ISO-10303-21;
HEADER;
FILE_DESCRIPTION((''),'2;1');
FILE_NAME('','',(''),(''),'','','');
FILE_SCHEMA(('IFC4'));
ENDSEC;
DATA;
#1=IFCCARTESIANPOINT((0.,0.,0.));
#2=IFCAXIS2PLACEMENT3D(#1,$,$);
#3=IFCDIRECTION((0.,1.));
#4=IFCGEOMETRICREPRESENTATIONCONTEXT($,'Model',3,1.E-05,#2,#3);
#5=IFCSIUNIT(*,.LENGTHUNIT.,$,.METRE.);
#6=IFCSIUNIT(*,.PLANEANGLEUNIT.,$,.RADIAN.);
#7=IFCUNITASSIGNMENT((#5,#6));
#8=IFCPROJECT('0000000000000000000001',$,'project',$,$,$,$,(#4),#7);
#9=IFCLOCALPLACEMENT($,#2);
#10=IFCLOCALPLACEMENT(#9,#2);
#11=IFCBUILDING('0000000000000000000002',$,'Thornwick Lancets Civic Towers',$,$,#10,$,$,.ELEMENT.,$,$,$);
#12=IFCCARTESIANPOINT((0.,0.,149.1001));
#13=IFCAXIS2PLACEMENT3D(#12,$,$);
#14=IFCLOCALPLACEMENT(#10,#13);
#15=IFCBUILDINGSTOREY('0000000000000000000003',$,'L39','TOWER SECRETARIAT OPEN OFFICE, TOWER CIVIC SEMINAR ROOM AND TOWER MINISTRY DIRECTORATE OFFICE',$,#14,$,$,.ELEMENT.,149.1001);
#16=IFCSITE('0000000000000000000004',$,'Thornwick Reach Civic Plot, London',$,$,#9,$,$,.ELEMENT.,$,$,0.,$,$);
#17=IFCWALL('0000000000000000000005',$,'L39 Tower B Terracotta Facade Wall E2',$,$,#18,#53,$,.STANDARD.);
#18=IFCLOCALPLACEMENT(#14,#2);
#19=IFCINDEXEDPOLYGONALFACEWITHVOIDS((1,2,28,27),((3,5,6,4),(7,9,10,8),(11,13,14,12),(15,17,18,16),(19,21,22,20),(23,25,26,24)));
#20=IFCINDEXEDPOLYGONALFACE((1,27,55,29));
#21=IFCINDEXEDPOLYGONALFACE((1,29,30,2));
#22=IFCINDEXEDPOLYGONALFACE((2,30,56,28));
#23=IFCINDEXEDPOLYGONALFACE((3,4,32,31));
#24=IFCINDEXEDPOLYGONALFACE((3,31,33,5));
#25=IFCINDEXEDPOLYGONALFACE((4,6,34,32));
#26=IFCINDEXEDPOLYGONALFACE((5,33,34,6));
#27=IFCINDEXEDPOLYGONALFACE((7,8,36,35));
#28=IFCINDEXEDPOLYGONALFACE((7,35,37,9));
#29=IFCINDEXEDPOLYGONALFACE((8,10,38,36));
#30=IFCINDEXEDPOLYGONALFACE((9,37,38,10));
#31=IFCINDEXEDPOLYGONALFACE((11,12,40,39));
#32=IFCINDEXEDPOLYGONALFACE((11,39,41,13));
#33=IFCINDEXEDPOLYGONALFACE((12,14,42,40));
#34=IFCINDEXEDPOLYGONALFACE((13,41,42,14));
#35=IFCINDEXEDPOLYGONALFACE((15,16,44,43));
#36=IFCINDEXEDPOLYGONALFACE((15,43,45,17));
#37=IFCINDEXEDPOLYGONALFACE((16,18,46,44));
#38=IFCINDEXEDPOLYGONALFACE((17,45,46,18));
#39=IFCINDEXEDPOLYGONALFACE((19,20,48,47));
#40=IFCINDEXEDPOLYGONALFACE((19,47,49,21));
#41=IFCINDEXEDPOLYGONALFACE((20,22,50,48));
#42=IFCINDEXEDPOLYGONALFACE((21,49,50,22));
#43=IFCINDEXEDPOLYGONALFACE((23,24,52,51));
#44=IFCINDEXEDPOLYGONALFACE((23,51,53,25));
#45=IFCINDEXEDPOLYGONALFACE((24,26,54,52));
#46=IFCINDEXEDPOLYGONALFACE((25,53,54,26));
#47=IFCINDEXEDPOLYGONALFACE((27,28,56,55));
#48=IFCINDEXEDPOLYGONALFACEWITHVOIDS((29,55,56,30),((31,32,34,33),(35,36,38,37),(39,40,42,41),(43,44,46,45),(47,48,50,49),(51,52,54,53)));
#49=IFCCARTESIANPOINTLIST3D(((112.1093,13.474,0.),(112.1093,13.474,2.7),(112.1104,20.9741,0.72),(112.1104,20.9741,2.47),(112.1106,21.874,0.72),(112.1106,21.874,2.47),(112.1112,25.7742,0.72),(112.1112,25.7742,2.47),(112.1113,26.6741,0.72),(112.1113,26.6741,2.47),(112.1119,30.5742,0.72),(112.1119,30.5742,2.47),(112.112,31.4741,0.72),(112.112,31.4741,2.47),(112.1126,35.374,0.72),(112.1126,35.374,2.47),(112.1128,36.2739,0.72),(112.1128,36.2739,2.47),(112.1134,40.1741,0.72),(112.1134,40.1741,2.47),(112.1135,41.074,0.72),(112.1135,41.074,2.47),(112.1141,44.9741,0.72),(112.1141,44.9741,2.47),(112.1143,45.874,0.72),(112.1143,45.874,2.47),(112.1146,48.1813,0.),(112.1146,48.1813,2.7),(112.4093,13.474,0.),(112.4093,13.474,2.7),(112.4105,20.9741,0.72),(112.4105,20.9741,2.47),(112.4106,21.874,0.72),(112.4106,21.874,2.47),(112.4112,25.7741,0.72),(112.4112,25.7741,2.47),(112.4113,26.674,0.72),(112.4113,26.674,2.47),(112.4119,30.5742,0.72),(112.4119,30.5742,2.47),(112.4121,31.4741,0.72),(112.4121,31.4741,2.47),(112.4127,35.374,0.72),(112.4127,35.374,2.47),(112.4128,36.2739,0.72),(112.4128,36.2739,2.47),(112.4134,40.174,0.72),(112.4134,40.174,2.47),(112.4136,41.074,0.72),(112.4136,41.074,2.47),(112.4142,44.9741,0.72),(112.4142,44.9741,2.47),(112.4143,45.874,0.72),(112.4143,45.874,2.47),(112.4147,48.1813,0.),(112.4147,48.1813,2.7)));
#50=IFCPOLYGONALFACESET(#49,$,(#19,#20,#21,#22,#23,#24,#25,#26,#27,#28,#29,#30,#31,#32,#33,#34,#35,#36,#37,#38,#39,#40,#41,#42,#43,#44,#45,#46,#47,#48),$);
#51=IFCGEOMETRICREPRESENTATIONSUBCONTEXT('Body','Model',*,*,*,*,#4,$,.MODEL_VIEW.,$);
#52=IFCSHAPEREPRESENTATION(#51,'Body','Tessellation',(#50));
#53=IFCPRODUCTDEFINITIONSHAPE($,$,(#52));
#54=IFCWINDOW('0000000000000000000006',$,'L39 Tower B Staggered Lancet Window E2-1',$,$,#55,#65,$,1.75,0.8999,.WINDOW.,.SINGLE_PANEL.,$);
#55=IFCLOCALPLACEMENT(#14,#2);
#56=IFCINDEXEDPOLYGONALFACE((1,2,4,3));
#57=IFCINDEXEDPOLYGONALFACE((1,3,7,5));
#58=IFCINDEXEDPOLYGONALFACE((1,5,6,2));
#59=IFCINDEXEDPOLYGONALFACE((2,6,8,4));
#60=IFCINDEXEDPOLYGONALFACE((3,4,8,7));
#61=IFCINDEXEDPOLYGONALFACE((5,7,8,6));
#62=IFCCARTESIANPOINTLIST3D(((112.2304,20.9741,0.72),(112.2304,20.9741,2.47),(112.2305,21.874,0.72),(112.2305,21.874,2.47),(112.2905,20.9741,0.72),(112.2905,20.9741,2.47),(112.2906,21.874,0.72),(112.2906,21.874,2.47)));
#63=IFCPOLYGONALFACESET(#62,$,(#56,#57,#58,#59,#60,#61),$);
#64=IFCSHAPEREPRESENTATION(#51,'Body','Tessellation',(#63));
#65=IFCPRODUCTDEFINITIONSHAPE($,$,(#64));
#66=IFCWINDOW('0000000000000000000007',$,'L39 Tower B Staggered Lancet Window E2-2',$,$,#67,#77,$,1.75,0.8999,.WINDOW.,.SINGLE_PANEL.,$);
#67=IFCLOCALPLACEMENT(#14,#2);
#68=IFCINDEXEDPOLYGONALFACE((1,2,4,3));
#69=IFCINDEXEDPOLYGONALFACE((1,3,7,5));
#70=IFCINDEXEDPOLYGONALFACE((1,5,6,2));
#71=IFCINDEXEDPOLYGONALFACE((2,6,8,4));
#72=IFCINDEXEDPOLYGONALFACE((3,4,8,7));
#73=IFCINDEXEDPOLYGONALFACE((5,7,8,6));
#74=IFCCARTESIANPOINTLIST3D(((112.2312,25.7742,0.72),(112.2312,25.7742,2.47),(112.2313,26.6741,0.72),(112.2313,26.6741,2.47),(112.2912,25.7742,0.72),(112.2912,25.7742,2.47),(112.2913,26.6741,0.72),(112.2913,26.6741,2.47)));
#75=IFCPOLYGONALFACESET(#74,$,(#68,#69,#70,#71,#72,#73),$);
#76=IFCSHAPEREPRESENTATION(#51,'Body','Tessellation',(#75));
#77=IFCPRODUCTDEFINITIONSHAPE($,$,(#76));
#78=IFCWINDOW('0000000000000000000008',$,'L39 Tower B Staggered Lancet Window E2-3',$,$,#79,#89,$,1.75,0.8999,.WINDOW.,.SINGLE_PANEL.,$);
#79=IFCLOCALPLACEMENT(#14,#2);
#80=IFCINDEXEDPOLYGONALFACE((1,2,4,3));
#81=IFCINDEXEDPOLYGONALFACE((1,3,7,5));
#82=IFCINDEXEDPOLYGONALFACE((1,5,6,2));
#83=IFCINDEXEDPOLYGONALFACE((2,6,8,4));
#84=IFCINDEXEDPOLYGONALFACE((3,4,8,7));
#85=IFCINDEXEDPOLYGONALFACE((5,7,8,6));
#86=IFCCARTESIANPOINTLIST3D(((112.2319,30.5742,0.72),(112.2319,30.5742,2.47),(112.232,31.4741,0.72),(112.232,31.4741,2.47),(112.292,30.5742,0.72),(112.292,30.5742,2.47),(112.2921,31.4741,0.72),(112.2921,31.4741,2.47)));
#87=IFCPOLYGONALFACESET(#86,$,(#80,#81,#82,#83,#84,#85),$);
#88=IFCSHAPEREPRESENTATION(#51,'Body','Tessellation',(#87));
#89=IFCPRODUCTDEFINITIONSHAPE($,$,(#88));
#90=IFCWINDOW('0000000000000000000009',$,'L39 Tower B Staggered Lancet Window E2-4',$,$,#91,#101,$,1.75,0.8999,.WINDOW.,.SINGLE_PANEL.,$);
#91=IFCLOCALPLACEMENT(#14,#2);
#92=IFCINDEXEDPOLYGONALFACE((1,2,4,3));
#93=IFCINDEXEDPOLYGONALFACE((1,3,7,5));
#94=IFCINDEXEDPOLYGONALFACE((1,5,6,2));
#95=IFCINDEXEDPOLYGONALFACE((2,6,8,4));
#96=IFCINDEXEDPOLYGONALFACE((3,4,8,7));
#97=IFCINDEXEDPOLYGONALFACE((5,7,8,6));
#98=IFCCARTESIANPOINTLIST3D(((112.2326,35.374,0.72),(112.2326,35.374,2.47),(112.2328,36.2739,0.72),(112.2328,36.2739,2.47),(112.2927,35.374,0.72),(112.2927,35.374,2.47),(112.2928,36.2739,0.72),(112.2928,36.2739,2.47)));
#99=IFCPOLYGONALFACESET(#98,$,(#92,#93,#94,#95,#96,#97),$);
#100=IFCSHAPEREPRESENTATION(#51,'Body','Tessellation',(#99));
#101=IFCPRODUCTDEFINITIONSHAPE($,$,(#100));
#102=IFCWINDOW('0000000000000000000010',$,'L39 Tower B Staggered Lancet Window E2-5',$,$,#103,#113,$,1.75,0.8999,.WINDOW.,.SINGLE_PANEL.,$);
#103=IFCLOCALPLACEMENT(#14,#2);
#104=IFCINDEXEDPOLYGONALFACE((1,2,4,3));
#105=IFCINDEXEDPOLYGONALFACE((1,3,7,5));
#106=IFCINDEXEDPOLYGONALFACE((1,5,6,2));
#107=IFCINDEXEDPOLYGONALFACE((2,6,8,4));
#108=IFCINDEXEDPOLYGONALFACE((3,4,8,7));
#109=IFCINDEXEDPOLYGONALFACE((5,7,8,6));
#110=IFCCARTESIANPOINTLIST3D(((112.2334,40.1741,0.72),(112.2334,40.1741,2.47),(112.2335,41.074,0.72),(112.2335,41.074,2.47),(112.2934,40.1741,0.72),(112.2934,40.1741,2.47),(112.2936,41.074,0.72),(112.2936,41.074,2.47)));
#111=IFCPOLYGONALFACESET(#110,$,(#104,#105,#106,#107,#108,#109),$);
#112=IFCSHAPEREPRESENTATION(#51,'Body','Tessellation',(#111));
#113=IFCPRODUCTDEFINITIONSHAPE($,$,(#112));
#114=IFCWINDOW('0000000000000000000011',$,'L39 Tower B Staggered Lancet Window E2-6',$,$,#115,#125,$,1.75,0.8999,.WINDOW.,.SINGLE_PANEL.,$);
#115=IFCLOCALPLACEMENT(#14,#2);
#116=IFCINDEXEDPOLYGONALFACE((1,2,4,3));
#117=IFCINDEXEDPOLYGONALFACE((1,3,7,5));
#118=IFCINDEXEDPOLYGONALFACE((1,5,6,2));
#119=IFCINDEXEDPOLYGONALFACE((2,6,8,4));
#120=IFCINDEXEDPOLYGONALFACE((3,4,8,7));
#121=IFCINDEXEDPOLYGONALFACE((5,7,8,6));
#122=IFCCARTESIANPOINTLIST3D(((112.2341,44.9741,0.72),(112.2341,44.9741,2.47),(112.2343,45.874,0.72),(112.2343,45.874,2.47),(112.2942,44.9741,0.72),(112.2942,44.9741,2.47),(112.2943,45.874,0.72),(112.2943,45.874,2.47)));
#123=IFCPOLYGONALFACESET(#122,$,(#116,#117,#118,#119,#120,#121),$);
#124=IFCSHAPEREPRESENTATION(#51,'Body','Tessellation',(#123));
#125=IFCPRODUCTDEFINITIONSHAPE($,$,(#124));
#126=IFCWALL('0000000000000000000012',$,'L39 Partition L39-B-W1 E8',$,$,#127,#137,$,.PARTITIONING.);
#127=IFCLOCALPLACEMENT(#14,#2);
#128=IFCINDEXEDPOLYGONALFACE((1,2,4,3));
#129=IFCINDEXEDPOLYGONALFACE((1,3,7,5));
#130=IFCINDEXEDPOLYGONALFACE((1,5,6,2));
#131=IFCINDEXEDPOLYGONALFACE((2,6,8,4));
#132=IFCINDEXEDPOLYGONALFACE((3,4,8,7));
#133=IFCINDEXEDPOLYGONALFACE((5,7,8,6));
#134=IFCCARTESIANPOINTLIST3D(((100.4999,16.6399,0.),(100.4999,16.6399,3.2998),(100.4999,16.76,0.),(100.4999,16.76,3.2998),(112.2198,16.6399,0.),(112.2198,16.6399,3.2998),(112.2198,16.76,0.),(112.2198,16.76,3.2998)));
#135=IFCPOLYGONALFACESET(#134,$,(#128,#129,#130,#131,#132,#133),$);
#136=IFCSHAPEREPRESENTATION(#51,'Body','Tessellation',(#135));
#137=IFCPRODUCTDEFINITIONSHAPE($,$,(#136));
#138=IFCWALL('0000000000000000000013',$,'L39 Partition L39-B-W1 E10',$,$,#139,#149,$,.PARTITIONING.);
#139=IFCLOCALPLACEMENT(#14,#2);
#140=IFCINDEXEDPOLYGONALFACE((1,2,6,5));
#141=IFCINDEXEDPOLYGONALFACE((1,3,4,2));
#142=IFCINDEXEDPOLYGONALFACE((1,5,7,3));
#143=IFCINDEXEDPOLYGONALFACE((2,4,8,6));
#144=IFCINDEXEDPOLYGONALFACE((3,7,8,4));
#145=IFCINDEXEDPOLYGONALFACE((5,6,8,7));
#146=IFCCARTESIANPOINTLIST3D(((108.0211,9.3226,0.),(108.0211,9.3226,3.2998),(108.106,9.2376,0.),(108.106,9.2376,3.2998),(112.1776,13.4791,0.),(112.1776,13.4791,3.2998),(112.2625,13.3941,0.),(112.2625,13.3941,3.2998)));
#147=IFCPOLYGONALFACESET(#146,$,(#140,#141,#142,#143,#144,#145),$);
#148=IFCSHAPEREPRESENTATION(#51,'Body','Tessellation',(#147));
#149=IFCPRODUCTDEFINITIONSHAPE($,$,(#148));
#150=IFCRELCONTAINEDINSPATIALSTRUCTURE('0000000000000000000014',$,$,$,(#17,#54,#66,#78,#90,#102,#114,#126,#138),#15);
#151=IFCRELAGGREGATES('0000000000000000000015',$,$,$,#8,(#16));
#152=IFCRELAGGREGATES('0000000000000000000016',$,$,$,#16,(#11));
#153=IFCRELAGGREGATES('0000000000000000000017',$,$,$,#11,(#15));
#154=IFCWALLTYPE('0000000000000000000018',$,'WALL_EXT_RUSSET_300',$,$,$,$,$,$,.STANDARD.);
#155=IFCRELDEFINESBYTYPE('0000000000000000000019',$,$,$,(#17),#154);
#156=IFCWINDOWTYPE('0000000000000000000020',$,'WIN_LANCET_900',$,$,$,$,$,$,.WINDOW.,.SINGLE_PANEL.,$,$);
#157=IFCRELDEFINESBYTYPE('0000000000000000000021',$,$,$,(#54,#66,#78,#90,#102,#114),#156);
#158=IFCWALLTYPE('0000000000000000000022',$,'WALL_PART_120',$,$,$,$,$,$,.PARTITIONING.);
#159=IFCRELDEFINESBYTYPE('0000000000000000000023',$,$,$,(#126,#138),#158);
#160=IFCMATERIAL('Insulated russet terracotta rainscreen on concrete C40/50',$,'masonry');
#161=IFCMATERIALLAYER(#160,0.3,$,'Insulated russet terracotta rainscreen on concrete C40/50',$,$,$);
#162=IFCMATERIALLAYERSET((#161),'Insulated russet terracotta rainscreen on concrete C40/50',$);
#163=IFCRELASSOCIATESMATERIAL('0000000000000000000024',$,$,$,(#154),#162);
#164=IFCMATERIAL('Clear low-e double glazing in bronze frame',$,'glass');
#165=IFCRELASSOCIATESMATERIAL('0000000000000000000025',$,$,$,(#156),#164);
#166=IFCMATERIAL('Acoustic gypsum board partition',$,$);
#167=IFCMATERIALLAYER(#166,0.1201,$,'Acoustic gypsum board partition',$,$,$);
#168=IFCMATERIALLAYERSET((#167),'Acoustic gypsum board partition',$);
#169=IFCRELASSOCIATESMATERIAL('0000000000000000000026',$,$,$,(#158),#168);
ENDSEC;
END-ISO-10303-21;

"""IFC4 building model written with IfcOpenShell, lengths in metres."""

from ifc_helpers import new_model, si_unit, direction, frame, frame_2d, origin, place, context, subcontext, project, spatial, rectangle, extrude, material, layer, layer_set, type_object, element, fill, save


model = new_model("IFC4")

# Units and contexts
model_context = context("Model", 3, precision=1e-05, world=origin(), true_north=direction((0.0, 1.0)))
body_context = subcontext(model_context, "Body", "Model", "MODEL_VIEW")
ifc_project = project(units=[si_unit("LENGTHUNIT", "METRE"), si_unit("PLANEANGLEUNIT", "RADIAN")], contexts=[model_context])

# Site, building, storey
site_placement = place(None, origin())
site = spatial("IfcSite", under=ifc_project, at=site_placement, Name="Thornwick Reach Civic Plot, London", CompositionType="ELEMENT", RefElevation=0.0)
building_placement = place(site_placement, origin())
building = spatial("IfcBuilding", under=site, at=building_placement, Name="Thornwick Lancets Civic Towers", CompositionType="ELEMENT")
storey_placement = place(building_placement, frame((0.0, 0.0, 149.1001)))
storey = spatial("IfcBuildingStorey", under=building, at=storey_placement, Name="L39", Description="TOWER SECRETARIAT OPEN OFFICE, TOWER CIVIC SEMINAR ROOM AND TOWER MINISTRY DIRECTORATE OFFICE", CompositionType="ELEMENT", Elevation=149.1001)

# Wall, openings, windows
ifc_material_1 = material(Name="Insulated russet terracotta rainscreen on concrete C40/50", Category="masonry")
ifc_layer_1 = layer(ifc_material_1, 0.3, Name="Insulated russet terracotta rainscreen on concrete C40/50")
ifc_layer_set_1 = layer_set([ifc_layer_1], Name="Insulated russet terracotta rainscreen on concrete C40/50")
wall_type_1 = type_object("IfcWallType", Name="WALL_EXT_RUSSET_300", PredefinedType="STANDARD", material=ifc_layer_set_1)
wall_1_placement = place(storey_placement, frame((112.2593, 13.4741, 0.0), z_axis=(0.0, 0.0, 1.0), x_axis=(0.000155, 1.0, 0.0)))
wall_1 = element("IfcWall", 1, at=wall_1_placement, inside=storey, type_object=wall_type_1, Name="L39 Tower B Terracotta Facade Wall E2", PredefinedType="STANDARD", context=body_context, shape_type="SweptSolid", body=[
    extrude(rectangle(XDim=34.7073, YDim=0.3, at=frame_2d((17.3535, 0.0))), origin(), (0.0, 0.0, 1.0), 2.7),
])
opening_1_placement = place(wall_1_placement, frame((7.5, 0.0, 0.72)))
opening_1 = element("IfcOpeningElement", 2, at=opening_1_placement, cuts=wall_1, PredefinedType="OPENING", context=body_context, shape_type="SweptSolid", body=[
    extrude(rectangle(XDim=0.8999, YDim=1.75, at=frame_2d((0.45, 0.875))), frame((0.0, 0.1602, 0.0), z_axis=(0.0, -1.0, 0.0), x_axis=(1.0, 0.0, 0.0)), (0.0, 0.0, 1.0), 0.3201),
])
opening_2_placement = place(wall_1_placement, frame((12.3, 0.0, 0.72)))
opening_2 = element("IfcOpeningElement", 3, at=opening_2_placement, cuts=wall_1, PredefinedType="OPENING", context=body_context, shape_type="SweptSolid", body=[
    extrude(rectangle(XDim=0.8999, YDim=1.75, at=frame_2d((0.45, 0.875))), frame((0.0, 0.1602, 0.0), z_axis=(0.0, -1.0, 0.0), x_axis=(1.0, 0.0, 0.0)), (0.0, 0.0, 1.0), 0.3201),
])
opening_3_placement = place(wall_1_placement, frame((17.1001, 0.0, 0.72)))
opening_3 = element("IfcOpeningElement", 4, at=opening_3_placement, cuts=wall_1, PredefinedType="OPENING", context=body_context, shape_type="SweptSolid", body=[
    extrude(rectangle(XDim=0.8999, YDim=1.75, at=frame_2d((0.45, 0.875))), frame((0.0, 0.1602, 0.0), z_axis=(0.0, -1.0, 0.0), x_axis=(1.0, 0.0, 0.0)), (0.0, 0.0, 1.0), 0.3201),
])
opening_4_placement = place(wall_1_placement, frame((21.8999, 0.0, 0.72)))
opening_4 = element("IfcOpeningElement", 5, at=opening_4_placement, cuts=wall_1, PredefinedType="OPENING", context=body_context, shape_type="SweptSolid", body=[
    extrude(rectangle(XDim=0.8999, YDim=1.75, at=frame_2d((0.45, 0.875))), frame((0.0, 0.1602, 0.0), z_axis=(0.0, -1.0, 0.0), x_axis=(1.0, 0.0, 0.0)), (0.0, 0.0, 1.0), 0.3201),
])
opening_5_placement = place(wall_1_placement, frame((26.7, 0.0, 0.72)))
opening_5 = element("IfcOpeningElement", 6, at=opening_5_placement, cuts=wall_1, PredefinedType="OPENING", context=body_context, shape_type="SweptSolid", body=[
    extrude(rectangle(XDim=0.8999, YDim=1.75, at=frame_2d((0.45, 0.875))), frame((0.0, 0.1602, 0.0), z_axis=(0.0, -1.0, 0.0), x_axis=(1.0, 0.0, 0.0)), (0.0, 0.0, 1.0), 0.3201),
])
opening_6_placement = place(wall_1_placement, frame((31.5, 0.0, 0.72)))
opening_6 = element("IfcOpeningElement", 7, at=opening_6_placement, cuts=wall_1, PredefinedType="OPENING", context=body_context, shape_type="SweptSolid", body=[
    extrude(rectangle(XDim=0.8999, YDim=1.75, at=frame_2d((0.45, 0.875))), frame((0.0, 0.1602, 0.0), z_axis=(0.0, -1.0, 0.0), x_axis=(1.0, 0.0, 0.0)), (0.0, 0.0, 1.0), 0.3201),
])
ifc_material_2 = material(Name="Clear low-e double glazing in bronze frame", Category="glass")
window_type = type_object("IfcWindowType", Name="WIN_LANCET_900", PartitioningType="SINGLE_PANEL", PredefinedType="WINDOW", material=ifc_material_2)
window_1_placement = place(opening_1_placement, origin())
window_1 = element("IfcWindow", 8, at=window_1_placement, inside=storey, type_object=window_type, Name="L39 Tower B Staggered Lancet Window E2-1", OverallHeight=1.75, OverallWidth=0.8999, PartitioningType="SINGLE_PANEL", PredefinedType="WINDOW", context=body_context, shape_type="SweptSolid", body=[
    extrude(rectangle(XDim=0.8999, YDim=1.75, at=frame_2d((0.45, 0.875))), frame((0.0, 0.03, 0.0), z_axis=(0.0, -1.0, 0.0), x_axis=(1.0, 0.0, 0.0)), (0.0, 0.0, 1.0), 0.0601),
])
fill(opening_1, window_1)
window_2_placement = place(opening_2_placement, origin())
window_2 = element("IfcWindow", 9, at=window_2_placement, inside=storey, type_object=window_type, Name="L39 Tower B Staggered Lancet Window E2-2", OverallHeight=1.75, OverallWidth=0.8999, PartitioningType="SINGLE_PANEL", PredefinedType="WINDOW", context=body_context, shape_type="SweptSolid", body=[
    extrude(rectangle(XDim=0.8999, YDim=1.75, at=frame_2d((0.45, 0.875))), frame((0.0, 0.03, 0.0), z_axis=(0.0, -1.0, 0.0), x_axis=(1.0, 0.0, 0.0)), (0.0, 0.0, 1.0), 0.0601),
])
fill(opening_2, window_2)
window_3_placement = place(opening_3_placement, origin())
window_3 = element("IfcWindow", 10, at=window_3_placement, inside=storey, type_object=window_type, Name="L39 Tower B Staggered Lancet Window E2-3", OverallHeight=1.75, OverallWidth=0.8999, PartitioningType="SINGLE_PANEL", PredefinedType="WINDOW", context=body_context, shape_type="SweptSolid", body=[
    extrude(rectangle(XDim=0.8999, YDim=1.75, at=frame_2d((0.45, 0.875))), frame((0.0, 0.03, 0.0), z_axis=(0.0, -1.0, 0.0), x_axis=(1.0, 0.0, 0.0)), (0.0, 0.0, 1.0), 0.0601),
])
fill(opening_3, window_3)
window_4_placement = place(opening_4_placement, origin())
window_4 = element("IfcWindow", 11, at=window_4_placement, inside=storey, type_object=window_type, Name="L39 Tower B Staggered Lancet Window E2-4", OverallHeight=1.75, OverallWidth=0.8999, PartitioningType="SINGLE_PANEL", PredefinedType="WINDOW", context=body_context, shape_type="SweptSolid", body=[
    extrude(rectangle(XDim=0.8999, YDim=1.75, at=frame_2d((0.45, 0.875))), frame((0.0, 0.03, 0.0), z_axis=(0.0, -1.0, 0.0), x_axis=(1.0, 0.0, 0.0)), (0.0, 0.0, 1.0), 0.0601),
])
fill(opening_4, window_4)
window_5_placement = place(opening_5_placement, origin())
window_5 = element("IfcWindow", 12, at=window_5_placement, inside=storey, type_object=window_type, Name="L39 Tower B Staggered Lancet Window E2-5", OverallHeight=1.75, OverallWidth=0.8999, PartitioningType="SINGLE_PANEL", PredefinedType="WINDOW", context=body_context, shape_type="SweptSolid", body=[
    extrude(rectangle(XDim=0.8999, YDim=1.75, at=frame_2d((0.45, 0.875))), frame((0.0, 0.03, 0.0), z_axis=(0.0, -1.0, 0.0), x_axis=(1.0, 0.0, 0.0)), (0.0, 0.0, 1.0), 0.0601),
])
fill(opening_5, window_5)
window_6_placement = place(opening_6_placement, origin())
window_6 = element("IfcWindow", 13, at=window_6_placement, inside=storey, type_object=window_type, Name="L39 Tower B Staggered Lancet Window E2-6", OverallHeight=1.75, OverallWidth=0.8999, PartitioningType="SINGLE_PANEL", PredefinedType="WINDOW", context=body_context, shape_type="SweptSolid", body=[
    extrude(rectangle(XDim=0.8999, YDim=1.75, at=frame_2d((0.45, 0.875))), frame((0.0, 0.03, 0.0), z_axis=(0.0, -1.0, 0.0), x_axis=(1.0, 0.0, 0.0)), (0.0, 0.0, 1.0), 0.0601),
])
fill(opening_6, window_6)

# Walls
ifc_material_3 = material(Name="Acoustic gypsum board partition")
ifc_layer_2 = layer(ifc_material_3, 0.1201, Name="Acoustic gypsum board partition")
ifc_layer_set_2 = layer_set([ifc_layer_2], Name="Acoustic gypsum board partition")
wall_type_2 = type_object("IfcWallType", Name="WALL_PART_120", PredefinedType="PARTITIONING", material=ifc_layer_set_2)
wall_2_placement = place(storey_placement, frame((100.5, 16.7, 0.0), z_axis=(0.0, 0.0, 1.0), x_axis=(1.0, 0.0, 0.0)))
element("IfcWall", 14, at=wall_2_placement, inside=storey, type_object=wall_type_2, Name="L39 Partition L39-B-W1 E8", PredefinedType="PARTITIONING", context=body_context, shape_type="SweptSolid", body=[
    extrude(rectangle(XDim=11.72, YDim=0.1201, at=frame_2d((5.8599, 0.0))), origin(), (0.0, 0.0, 1.0), 3.2998),
])
wall_3_placement = place(storey_placement, frame((112.22, 13.4365, 0.0), z_axis=(0.0, 0.0, 1.0), x_axis=(-0.707107, -0.707107, 0.0)))
element("IfcWall", 15, at=wall_3_placement, inside=storey, type_object=wall_type_2, Name="L39 Partition L39-B-W1 E10", PredefinedType="PARTITIONING", context=body_context, shape_type="SweptSolid", body=[
    extrude(rectangle(XDim=5.8782, YDim=0.1201, at=frame_2d((2.939, 0.0))), origin(), (0.0, 0.0, 1.0), 3.2998),
])

save(model, "model.ifc")
